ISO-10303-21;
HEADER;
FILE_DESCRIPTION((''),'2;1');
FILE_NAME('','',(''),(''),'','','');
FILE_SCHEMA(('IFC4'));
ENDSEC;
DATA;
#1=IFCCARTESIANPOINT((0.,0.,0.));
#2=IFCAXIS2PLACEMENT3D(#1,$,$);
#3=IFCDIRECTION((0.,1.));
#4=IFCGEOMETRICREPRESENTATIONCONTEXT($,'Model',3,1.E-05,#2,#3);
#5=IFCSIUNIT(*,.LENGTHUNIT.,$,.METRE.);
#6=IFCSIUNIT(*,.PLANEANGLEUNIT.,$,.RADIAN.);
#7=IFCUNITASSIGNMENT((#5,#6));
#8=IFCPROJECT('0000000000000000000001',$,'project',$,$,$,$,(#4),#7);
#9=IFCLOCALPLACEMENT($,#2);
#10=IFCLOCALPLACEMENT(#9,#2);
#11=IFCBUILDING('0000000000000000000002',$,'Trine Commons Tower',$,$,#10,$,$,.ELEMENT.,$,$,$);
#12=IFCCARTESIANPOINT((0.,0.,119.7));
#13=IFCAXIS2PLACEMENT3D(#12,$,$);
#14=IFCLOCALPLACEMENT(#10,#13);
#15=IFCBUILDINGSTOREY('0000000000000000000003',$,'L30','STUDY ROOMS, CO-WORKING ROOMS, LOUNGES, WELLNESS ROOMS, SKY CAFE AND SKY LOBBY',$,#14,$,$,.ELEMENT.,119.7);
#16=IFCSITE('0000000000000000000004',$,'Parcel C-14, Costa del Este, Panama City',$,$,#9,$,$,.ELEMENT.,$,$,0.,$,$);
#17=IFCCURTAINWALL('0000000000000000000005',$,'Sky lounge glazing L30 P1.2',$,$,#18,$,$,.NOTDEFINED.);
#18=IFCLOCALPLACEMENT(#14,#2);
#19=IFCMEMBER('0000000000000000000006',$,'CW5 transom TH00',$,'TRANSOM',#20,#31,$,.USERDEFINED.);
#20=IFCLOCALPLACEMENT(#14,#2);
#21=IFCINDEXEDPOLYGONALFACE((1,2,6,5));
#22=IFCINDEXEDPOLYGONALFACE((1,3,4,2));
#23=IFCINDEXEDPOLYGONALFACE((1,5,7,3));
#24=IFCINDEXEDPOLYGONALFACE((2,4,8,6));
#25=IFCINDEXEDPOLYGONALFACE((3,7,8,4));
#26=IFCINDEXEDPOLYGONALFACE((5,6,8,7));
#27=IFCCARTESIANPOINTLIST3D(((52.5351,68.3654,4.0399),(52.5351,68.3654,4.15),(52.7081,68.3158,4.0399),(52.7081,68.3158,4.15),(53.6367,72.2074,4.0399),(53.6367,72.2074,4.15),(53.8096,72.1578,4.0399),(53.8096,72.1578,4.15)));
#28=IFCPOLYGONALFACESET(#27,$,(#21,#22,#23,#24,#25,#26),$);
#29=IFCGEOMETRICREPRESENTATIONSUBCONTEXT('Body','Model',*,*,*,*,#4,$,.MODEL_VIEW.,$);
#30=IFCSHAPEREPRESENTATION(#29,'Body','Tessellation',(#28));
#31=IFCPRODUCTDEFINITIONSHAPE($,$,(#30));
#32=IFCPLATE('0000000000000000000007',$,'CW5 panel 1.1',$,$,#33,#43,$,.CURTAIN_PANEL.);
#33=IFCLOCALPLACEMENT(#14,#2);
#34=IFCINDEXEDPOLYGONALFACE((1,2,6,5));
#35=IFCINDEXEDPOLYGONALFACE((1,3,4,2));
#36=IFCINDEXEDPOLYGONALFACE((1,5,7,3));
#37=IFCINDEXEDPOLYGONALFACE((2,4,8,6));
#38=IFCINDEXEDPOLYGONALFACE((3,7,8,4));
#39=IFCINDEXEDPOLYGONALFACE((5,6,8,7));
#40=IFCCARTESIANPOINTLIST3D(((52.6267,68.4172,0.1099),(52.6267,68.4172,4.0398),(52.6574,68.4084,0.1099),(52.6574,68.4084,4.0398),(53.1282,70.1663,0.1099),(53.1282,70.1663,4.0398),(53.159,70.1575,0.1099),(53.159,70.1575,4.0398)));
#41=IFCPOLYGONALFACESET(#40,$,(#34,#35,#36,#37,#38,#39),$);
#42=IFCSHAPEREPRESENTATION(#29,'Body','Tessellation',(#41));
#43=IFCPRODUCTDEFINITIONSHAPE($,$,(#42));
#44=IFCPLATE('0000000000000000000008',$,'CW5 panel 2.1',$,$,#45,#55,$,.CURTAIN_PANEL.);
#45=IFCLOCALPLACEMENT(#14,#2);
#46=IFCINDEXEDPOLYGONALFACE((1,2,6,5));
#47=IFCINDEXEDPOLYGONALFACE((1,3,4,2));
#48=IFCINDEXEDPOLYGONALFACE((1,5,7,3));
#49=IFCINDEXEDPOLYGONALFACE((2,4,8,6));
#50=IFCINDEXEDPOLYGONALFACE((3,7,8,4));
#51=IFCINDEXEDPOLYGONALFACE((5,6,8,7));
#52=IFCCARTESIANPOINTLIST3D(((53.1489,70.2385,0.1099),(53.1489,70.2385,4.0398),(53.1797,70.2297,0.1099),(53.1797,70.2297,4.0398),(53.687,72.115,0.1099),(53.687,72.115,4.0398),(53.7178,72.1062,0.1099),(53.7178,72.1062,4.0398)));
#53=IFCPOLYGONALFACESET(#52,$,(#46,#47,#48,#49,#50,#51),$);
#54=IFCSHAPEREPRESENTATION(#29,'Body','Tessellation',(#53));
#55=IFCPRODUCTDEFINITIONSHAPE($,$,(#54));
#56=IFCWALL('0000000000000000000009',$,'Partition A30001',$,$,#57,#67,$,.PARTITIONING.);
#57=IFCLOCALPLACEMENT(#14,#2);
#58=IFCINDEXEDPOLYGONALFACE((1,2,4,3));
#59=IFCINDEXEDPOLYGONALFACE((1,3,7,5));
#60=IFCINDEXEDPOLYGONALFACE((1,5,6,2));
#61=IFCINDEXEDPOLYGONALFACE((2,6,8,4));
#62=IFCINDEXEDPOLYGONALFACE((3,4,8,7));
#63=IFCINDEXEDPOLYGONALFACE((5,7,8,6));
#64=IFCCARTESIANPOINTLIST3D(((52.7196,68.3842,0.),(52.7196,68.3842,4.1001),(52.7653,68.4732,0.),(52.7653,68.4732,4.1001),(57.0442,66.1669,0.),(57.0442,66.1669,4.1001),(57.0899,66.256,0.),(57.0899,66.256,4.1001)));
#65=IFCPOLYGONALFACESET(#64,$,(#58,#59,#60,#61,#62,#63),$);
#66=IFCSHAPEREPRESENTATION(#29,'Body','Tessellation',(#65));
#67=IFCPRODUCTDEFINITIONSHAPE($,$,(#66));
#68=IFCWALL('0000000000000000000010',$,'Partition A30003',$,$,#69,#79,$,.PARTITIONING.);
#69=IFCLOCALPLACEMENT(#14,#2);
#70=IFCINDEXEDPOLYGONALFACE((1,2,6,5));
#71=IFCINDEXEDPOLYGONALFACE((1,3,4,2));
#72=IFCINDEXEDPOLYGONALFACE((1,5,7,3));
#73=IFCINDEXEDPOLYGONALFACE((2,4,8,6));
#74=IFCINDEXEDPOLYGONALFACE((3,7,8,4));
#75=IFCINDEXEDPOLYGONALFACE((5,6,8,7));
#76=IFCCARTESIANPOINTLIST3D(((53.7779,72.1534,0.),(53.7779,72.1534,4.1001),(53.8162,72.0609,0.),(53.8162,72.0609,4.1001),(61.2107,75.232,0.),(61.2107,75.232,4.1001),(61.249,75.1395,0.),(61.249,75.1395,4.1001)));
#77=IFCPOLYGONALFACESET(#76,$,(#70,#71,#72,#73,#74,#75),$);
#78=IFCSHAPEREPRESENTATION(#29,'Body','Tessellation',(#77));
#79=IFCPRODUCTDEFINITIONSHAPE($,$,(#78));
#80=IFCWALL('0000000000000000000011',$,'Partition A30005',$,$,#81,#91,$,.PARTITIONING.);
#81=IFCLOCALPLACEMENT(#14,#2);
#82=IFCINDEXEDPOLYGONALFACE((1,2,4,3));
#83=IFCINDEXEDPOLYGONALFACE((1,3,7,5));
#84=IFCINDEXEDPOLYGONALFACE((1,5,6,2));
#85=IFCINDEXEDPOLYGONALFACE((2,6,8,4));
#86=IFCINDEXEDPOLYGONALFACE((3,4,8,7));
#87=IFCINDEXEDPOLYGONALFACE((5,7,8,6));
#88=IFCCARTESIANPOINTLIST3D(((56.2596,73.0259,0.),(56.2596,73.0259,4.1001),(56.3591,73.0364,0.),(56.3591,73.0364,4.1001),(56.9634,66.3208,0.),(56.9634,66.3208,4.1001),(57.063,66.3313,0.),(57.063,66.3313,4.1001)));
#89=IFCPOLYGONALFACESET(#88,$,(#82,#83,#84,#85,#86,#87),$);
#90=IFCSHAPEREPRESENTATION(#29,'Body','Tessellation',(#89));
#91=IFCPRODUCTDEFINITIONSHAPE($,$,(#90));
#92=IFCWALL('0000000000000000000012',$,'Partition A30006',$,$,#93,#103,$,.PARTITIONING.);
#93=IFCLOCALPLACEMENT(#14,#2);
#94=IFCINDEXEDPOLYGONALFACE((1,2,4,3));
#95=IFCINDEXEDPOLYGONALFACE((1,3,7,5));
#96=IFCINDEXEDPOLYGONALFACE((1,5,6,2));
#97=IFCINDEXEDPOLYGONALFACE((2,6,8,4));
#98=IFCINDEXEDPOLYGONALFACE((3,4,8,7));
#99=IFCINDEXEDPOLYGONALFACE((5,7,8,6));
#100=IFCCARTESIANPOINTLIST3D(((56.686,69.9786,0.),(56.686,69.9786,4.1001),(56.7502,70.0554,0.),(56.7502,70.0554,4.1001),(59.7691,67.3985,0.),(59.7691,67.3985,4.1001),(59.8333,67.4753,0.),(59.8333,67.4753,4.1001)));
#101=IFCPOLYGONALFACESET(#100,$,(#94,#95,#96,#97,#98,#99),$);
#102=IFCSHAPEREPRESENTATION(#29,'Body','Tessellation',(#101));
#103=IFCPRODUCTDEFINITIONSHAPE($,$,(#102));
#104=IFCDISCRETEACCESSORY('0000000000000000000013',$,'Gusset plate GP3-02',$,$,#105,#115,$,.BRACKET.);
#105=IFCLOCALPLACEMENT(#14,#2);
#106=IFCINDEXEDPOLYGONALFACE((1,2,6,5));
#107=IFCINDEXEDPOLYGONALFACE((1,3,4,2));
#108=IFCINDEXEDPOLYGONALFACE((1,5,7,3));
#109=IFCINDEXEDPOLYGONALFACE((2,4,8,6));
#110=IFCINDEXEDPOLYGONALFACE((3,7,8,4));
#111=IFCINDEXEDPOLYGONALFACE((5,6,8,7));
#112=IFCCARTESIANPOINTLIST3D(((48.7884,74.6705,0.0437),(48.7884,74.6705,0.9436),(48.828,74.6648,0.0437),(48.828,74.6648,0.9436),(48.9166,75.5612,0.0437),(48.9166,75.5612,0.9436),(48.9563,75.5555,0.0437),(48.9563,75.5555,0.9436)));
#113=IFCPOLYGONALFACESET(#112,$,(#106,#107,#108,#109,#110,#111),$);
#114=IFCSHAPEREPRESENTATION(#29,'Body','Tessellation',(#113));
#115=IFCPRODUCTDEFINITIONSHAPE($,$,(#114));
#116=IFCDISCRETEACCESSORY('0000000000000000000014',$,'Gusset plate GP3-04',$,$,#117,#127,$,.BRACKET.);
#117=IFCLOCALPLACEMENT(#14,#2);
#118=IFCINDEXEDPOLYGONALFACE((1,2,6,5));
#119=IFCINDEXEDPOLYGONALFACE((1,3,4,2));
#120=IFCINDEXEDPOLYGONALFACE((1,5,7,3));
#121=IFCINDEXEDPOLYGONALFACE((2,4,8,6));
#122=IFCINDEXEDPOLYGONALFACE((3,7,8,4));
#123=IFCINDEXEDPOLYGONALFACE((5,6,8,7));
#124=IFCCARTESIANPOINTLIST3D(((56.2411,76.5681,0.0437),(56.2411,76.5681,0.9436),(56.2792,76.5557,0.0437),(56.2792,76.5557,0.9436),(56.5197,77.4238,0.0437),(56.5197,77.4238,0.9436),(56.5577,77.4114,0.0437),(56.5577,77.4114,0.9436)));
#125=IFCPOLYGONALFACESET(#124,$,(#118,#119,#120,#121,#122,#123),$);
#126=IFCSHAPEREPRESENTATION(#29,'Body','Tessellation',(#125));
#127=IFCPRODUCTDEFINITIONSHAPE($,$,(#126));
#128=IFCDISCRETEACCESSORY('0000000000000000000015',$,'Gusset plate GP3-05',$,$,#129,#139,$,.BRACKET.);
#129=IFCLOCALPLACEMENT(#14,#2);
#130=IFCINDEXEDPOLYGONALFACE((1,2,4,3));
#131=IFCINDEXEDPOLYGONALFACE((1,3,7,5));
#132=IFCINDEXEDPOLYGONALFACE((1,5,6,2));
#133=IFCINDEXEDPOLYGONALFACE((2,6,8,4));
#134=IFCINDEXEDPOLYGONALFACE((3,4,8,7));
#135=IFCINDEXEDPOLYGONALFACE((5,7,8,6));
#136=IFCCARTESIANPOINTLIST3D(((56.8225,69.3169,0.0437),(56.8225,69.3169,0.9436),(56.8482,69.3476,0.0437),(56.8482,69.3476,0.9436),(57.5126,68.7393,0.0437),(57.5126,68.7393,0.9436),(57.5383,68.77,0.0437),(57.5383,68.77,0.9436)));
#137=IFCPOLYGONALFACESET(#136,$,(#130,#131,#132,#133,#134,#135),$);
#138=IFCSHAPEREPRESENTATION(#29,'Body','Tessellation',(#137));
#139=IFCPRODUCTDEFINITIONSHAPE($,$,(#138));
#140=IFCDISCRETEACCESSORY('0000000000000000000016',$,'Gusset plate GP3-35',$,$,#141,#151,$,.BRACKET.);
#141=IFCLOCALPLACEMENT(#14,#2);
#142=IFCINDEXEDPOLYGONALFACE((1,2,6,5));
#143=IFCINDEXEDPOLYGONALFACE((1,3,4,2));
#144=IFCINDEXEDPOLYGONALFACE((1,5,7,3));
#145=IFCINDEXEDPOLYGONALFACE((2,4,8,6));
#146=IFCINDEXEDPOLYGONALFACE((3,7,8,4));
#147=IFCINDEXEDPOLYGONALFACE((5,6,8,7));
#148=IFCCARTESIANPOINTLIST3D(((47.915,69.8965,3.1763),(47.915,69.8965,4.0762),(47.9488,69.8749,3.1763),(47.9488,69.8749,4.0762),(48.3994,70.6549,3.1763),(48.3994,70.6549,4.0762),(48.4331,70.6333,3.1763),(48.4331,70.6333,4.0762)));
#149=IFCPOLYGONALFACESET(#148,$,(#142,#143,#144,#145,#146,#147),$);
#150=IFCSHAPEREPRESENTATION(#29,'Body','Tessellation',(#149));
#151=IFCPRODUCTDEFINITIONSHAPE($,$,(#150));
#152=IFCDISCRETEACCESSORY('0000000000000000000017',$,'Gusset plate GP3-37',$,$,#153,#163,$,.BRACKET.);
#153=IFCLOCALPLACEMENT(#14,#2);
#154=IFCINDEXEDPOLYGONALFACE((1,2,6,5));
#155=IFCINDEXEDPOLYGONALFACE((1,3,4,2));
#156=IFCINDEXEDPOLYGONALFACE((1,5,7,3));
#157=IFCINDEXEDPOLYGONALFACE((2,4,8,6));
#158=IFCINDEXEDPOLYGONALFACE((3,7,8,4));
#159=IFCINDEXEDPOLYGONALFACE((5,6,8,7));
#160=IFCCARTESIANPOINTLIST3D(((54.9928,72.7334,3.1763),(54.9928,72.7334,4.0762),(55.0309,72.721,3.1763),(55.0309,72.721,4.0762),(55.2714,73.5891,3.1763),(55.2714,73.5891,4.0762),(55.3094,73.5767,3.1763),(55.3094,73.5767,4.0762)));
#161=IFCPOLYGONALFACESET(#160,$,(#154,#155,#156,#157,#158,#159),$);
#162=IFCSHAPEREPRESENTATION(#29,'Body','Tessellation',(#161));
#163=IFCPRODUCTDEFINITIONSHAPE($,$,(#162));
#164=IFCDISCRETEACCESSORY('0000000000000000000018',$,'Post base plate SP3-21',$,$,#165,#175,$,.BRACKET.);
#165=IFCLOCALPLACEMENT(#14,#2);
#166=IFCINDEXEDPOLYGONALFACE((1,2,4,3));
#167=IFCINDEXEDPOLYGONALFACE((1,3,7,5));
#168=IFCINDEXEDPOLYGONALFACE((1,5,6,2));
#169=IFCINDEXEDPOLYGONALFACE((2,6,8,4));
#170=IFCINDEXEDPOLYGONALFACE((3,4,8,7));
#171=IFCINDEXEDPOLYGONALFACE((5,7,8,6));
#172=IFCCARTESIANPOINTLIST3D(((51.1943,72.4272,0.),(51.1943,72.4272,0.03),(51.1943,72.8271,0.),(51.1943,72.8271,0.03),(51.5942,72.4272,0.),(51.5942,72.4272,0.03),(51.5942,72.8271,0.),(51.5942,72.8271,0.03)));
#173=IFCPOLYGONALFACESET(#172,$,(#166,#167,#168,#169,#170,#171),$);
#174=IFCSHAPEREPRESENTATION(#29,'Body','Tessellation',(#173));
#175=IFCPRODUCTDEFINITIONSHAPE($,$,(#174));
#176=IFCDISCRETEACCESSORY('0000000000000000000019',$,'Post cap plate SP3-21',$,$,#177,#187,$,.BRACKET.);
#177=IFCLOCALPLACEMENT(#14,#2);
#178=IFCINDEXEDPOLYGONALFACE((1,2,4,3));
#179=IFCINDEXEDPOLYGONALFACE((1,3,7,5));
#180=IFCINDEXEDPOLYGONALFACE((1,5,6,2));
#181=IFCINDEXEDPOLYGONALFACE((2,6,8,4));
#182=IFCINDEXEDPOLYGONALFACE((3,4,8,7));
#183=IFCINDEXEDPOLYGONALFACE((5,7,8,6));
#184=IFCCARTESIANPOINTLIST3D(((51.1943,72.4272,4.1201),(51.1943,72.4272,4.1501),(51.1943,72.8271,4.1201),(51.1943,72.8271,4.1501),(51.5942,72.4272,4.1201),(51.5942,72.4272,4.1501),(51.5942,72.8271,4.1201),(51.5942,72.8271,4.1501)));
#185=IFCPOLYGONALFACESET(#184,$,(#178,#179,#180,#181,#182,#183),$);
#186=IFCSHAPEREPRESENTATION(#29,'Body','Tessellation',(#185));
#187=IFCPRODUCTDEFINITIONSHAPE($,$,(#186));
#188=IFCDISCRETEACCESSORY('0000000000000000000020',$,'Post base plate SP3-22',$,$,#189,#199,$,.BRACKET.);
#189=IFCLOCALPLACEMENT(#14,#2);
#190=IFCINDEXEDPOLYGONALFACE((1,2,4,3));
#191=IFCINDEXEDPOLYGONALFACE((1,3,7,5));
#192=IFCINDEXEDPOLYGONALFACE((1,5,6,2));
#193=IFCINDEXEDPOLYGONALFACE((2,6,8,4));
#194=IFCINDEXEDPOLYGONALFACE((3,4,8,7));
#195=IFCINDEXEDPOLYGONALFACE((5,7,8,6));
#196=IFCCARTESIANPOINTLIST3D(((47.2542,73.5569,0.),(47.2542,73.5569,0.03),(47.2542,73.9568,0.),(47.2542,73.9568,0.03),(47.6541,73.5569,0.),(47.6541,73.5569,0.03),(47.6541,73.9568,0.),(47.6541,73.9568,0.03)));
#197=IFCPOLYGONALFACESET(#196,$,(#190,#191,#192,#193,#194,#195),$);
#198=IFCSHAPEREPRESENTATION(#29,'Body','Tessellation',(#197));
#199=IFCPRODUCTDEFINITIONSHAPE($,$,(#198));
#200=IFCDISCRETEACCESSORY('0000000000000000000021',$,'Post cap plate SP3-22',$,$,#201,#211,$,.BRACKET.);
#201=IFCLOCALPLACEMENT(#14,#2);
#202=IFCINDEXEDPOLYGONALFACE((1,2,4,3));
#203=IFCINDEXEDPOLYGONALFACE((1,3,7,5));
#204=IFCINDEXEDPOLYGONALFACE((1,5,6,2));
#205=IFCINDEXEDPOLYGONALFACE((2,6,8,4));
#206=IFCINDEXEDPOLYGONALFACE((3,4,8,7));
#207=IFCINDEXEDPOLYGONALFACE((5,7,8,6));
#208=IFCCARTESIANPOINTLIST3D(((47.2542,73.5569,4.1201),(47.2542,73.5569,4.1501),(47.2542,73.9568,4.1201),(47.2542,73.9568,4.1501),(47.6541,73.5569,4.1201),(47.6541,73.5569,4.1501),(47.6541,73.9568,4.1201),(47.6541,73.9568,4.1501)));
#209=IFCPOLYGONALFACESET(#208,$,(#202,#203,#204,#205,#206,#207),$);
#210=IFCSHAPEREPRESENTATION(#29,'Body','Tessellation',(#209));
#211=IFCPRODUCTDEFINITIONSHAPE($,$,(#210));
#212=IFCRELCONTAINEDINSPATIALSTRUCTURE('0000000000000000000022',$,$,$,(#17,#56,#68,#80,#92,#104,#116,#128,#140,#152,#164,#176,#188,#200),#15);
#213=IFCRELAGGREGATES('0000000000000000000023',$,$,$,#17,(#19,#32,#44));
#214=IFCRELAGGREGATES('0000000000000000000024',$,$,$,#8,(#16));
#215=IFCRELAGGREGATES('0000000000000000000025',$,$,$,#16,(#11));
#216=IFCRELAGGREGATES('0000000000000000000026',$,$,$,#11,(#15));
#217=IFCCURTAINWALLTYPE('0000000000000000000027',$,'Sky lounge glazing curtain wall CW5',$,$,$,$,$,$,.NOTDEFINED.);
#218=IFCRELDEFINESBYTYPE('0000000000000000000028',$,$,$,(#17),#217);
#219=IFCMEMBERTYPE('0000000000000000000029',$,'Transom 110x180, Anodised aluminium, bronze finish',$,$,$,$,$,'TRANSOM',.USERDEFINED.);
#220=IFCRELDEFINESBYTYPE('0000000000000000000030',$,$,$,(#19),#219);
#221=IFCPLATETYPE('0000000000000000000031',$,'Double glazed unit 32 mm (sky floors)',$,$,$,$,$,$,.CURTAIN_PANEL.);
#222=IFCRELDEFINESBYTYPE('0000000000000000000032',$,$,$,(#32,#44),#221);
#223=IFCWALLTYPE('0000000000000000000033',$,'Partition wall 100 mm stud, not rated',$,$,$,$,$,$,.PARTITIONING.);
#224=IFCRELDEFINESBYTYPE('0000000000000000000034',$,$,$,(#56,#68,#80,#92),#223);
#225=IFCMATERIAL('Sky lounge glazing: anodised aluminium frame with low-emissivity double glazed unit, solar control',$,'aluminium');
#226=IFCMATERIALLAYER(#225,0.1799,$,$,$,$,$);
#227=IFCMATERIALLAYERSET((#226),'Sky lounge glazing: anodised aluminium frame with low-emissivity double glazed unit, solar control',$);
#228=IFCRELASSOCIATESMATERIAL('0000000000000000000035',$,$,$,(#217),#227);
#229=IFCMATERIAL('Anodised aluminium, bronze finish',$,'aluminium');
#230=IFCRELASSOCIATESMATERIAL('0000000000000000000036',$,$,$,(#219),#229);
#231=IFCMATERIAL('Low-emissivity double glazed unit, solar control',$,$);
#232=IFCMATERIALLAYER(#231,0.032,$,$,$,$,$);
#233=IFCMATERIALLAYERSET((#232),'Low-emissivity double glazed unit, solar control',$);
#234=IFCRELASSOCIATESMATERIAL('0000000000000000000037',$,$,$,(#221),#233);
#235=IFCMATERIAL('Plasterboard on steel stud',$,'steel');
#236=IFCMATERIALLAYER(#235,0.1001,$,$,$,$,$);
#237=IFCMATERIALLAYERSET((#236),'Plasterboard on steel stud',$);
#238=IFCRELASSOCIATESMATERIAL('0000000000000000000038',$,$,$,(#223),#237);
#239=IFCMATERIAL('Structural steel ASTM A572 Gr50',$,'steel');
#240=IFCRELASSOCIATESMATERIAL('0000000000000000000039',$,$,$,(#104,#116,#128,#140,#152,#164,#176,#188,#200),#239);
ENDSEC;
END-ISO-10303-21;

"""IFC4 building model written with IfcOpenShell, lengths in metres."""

from ifc_helpers import new_model, si_unit, direction, frame, frame_2d, origin, origin_2d, place, context, subcontext, project, spatial, rectangle, extrude, material, layer, layer_set, material_profile, profile_set, type_object, element, aggregate, save


model = new_model("IFC4")

# Units and contexts
model_context = context("Model", 3, precision=1e-05, world=origin(), true_north=direction((0.0, 1.0)))
body_context = subcontext(model_context, "Body", "Model", "MODEL_VIEW")
ifc_project = project(units=[si_unit("LENGTHUNIT", "METRE"), si_unit("PLANEANGLEUNIT", "RADIAN")], contexts=[model_context])

# Site, building, storey
site_placement = place(None, origin())
site = spatial("IfcSite", under=ifc_project, at=site_placement, Name="Parcel C-14, Costa del Este, Panama City", CompositionType="ELEMENT", RefElevation=0.0)
building_placement = place(site_placement, origin())
building = spatial("IfcBuilding", under=site, at=building_placement, Name="Trine Commons Tower", CompositionType="ELEMENT")
storey_placement = place(building_placement, frame((0.0, 0.0, 119.7)))
storey = spatial("IfcBuildingStorey", under=building, at=storey_placement, Name="L30", Description="STUDY ROOMS, CO-WORKING ROOMS, LOUNGES, WELLNESS ROOMS, SKY CAFE AND SKY LOBBY", CompositionType="ELEMENT", Elevation=119.7)

# Curtain wall
ifc_material_1 = material(Name="Sky lounge glazing: anodised aluminium frame with low-emissivity double glazed unit, solar control", Category="aluminium")
ifc_layer_1 = layer(ifc_material_1, 0.1799)
ifc_layer_set_1 = layer_set([ifc_layer_1], Name="Sky lounge glazing: anodised aluminium frame with low-emissivity double glazed unit, solar control")
curtain_wall_type = type_object("IfcCurtainWallType", Name="Sky lounge glazing curtain wall CW5", PredefinedType="NOTDEFINED", material=ifc_layer_set_1)
curtain_wall_placement = place(storey_placement, origin())
curtain_wall = element("IfcCurtainWall", 1, at=curtain_wall_placement, inside=storey, type_object=curtain_wall_type, Name="Sky lounge glazing L30 P1.2", PredefinedType="NOTDEFINED")
ifc_material_2 = material(Name="Anodised aluminium, bronze finish", Category="aluminium")

# Member
ifc_material_profile_1 = material_profile(ifc_material_2, rectangle(XDim=0.1799, YDim=0.1101, at=origin_2d()), Name="Transom 110x180")
ifc_profile_set_1 = profile_set([ifc_material_profile_1], Name="Anodised aluminium, bronze finish")
member_type_1 = type_object("IfcMemberType", Name="Transom 110x180, Anodised aluminium, bronze finish", ElementType="TRANSOM", PredefinedType="USERDEFINED", material=ifc_profile_set_1)
member_1_placement = place(storey_placement, frame((52.6216, 68.3406, 4.095), z_axis=(0.275608, 0.96127, 0.0), x_axis=(-0.96127, 0.275608, 0.0)))
member_1 = element("IfcMember", 2, at=member_1_placement, type_object=member_type_1, Name="CW5 transom TH00", ObjectType="TRANSOM", PredefinedType="USERDEFINED", context=body_context, shape_type="SweptSolid", body=[
    extrude(rectangle(XDim=0.1799, YDim=0.1101, at=origin_2d()), origin(), (0.0, 0.0, 1.0), 3.9968),
])

# Plates
ifc_material_3 = material(Name="Low-emissivity double glazed unit, solar control")
ifc_layer_2 = layer(ifc_material_3, 0.032)
ifc_layer_set_2 = layer_set([ifc_layer_2], Name="Low-emissivity double glazed unit, solar control")
plate_type = type_object("IfcPlateType", Name="Double glazed unit 32 mm (sky floors)", PredefinedType="CURTAIN_PANEL", material=ifc_layer_set_2)
plate_1_placement = place(storey_placement, frame((52.8928, 69.2874, 0.1099), z_axis=(0.0, 0.0, 1.0), x_axis=(0.275637, 0.961262, 0.0)))
plate_1 = element("IfcPlate", 3, at=plate_1_placement, type_object=plate_type, Name="CW5 panel 1.1", PredefinedType="CURTAIN_PANEL", context=body_context, shape_type="SweptSolid", body=[
    extrude(rectangle(XDim=1.8196, YDim=0.032, at=origin_2d()), origin(), (0.0, 0.0, 1.0), 3.9299),
])
plate_2_placement = place(storey_placement, frame((53.4333, 71.1724, 0.1099), z_axis=(0.0, 0.0, 1.0), x_axis=(0.275637, 0.961262, 0.0)))
plate_2 = element("IfcPlate", 4, at=plate_2_placement, type_object=plate_type, Name="CW5 panel 2.1", PredefinedType="CURTAIN_PANEL", context=body_context, shape_type="SweptSolid", body=[
    extrude(rectangle(XDim=1.9521, YDim=0.032, at=origin_2d()), origin(), (0.0, 0.0, 1.0), 3.9299),
])
aggregate(curtain_wall, [member_1, plate_1, plate_2])

# Walls
ifc_material_4 = material(Name="Plasterboard on steel stud", Category="steel")
ifc_layer_3 = layer(ifc_material_4, 0.1001)
ifc_layer_set_3 = layer_set([ifc_layer_3], Name="Plasterboard on steel stud")
wall_type_1 = type_object("IfcWallType", Name="Partition wall 100 mm stud, not rated", PredefinedType="PARTITIONING", material=ifc_layer_set_3)
wall_1_placement = place(storey_placement, frame((52.7424, 68.4287, 0.0), z_axis=(0.0, 0.0, 1.0), x_axis=(0.88986, -0.456233, 0.0)))
element("IfcWall", 5, at=wall_1_placement, inside=storey, type_object=wall_type_1, Name="Partition A30001", PredefinedType="PARTITIONING", context=body_context, shape_type="SweptSolid", body=[
    extrude(rectangle(XDim=4.8599, YDim=0.1001, at=frame_2d((2.4299, 0.0))), origin(), (0.0, 0.0, 1.0), 4.1001),
])
wall_2_placement = place(storey_placement, frame((53.7971, 72.1072, 0.0), z_axis=(0.0, 0.0, 1.0), x_axis=(0.923887, 0.382664, 0.0)))
element("IfcWall", 6, at=wall_2_placement, inside=storey, type_object=wall_type_1, Name="Partition A30003", PredefinedType="PARTITIONING", context=body_context, shape_type="SweptSolid", body=[
    extrude(rectangle(XDim=8.0452, YDim=0.1001, at=frame_2d((4.0225, 0.0))), origin(), (0.0, 0.0, 1.0), 4.1001),
])
wall_3_placement = place(storey_placement, frame((56.3093, 73.0312, 0.0), z_axis=(0.0, 0.0, 1.0), x_axis=(0.1044, -0.994535, 0.0)))
element("IfcWall", 7, at=wall_3_placement, inside=storey, type_object=wall_type_1, Name="Partition A30005", PredefinedType="PARTITIONING", context=body_context, shape_type="SweptSolid", body=[
    extrude(rectangle(XDim=6.7419, YDim=0.1001, at=frame_2d((3.3711, 0.0))), origin(), (0.0, 0.0, 1.0), 4.1001),
])
wall_4_placement = place(storey_placement, frame((56.718, 70.0171, 0.0), z_axis=(0.0, 0.0, 1.0), x_axis=(0.766886, -0.641784, 0.0)))
element("IfcWall", 8, at=wall_4_placement, inside=storey, type_object=wall_type_1, Name="Partition A30006", PredefinedType="PARTITIONING", context=body_context, shape_type="SweptSolid", body=[
    extrude(rectangle(XDim=4.0203, YDim=0.1001, at=frame_2d((2.0103, 0.0))), origin(), (0.0, 0.0, 1.0), 4.1001),
])

# Discrete accessories
ifc_material_5 = material(Name="Structural steel ASTM A572 Gr50", Category="steel")
for number, where, z_axis, x_axis, name in (
    (9, (48.8723, 75.113, 0.0437), (0.0, 0.0, 1.0), (-0.142543, -0.989789, 0.0), "Gusset plate GP3-02"),
    (10, (56.3994, 76.9897, 0.0437), (0.0, 0.0, 1.0), (-0.309532, -0.950889, 0.0), "Gusset plate GP3-04"),
    (11, (57.1804, 69.0435, 0.0437), (0.0, 0.0, 1.0), (0.766885, -0.641784, 0.0), "Gusset plate GP3-05"),
    (12, (48.1741, 70.2649, 3.1763), (0.0, 0.0, 1.0), (0.538256, 0.842781, 0.0), "Gusset plate GP3-35"),
    (13, (55.1511, 73.155, 3.1763), (0.0, 0.0, 1.0), (-0.309532, -0.950889, 0.0), "Gusset plate GP3-37"),
):
    element("IfcDiscreteAccessory", number, at=place(storey_placement, frame(where, z_axis=z_axis, x_axis=x_axis)), inside=storey, material=ifc_material_5, Name=name, PredefinedType="BRACKET", context=body_context, shape_type="SweptSolid", body=[
        extrude(rectangle(XDim=0.8999, YDim=0.04, at=origin_2d()), origin(), (0.0, 0.0, 1.0), 0.8999),
    ])
for number, where, z_axis, x_axis, name in (
    (14, (51.3943, 72.6272, 0.0), (0.0, 0.0, 1.0), (1.0, 0.0, 0.0), "Post base plate SP3-21"),
    (15, (51.3943, 72.6272, 4.1201), (0.0, 0.0, 1.0), (1.0, 0.0, 0.0), "Post cap plate SP3-21"),
    (16, (47.4541, 73.7568, 0.0), (0.0, 0.0, 1.0), (1.0, 0.0, 0.0), "Post base plate SP3-22"),
    (17, (47.4541, 73.7568, 4.1201), (0.0, 0.0, 1.0), (1.0, 0.0, 0.0), "Post cap plate SP3-22"),
):
    element("IfcDiscreteAccessory", number, at=place(storey_placement, frame(where, z_axis=z_axis, x_axis=x_axis)), inside=storey, material=ifc_material_5, Name=name, PredefinedType="BRACKET", context=body_context, shape_type="SweptSolid", body=[
        extrude(rectangle(XDim=0.3999, YDim=0.3999, at=origin_2d()), origin(), (0.0, 0.0, 1.0), 0.03),
    ])

save(model, "model.ifc")
